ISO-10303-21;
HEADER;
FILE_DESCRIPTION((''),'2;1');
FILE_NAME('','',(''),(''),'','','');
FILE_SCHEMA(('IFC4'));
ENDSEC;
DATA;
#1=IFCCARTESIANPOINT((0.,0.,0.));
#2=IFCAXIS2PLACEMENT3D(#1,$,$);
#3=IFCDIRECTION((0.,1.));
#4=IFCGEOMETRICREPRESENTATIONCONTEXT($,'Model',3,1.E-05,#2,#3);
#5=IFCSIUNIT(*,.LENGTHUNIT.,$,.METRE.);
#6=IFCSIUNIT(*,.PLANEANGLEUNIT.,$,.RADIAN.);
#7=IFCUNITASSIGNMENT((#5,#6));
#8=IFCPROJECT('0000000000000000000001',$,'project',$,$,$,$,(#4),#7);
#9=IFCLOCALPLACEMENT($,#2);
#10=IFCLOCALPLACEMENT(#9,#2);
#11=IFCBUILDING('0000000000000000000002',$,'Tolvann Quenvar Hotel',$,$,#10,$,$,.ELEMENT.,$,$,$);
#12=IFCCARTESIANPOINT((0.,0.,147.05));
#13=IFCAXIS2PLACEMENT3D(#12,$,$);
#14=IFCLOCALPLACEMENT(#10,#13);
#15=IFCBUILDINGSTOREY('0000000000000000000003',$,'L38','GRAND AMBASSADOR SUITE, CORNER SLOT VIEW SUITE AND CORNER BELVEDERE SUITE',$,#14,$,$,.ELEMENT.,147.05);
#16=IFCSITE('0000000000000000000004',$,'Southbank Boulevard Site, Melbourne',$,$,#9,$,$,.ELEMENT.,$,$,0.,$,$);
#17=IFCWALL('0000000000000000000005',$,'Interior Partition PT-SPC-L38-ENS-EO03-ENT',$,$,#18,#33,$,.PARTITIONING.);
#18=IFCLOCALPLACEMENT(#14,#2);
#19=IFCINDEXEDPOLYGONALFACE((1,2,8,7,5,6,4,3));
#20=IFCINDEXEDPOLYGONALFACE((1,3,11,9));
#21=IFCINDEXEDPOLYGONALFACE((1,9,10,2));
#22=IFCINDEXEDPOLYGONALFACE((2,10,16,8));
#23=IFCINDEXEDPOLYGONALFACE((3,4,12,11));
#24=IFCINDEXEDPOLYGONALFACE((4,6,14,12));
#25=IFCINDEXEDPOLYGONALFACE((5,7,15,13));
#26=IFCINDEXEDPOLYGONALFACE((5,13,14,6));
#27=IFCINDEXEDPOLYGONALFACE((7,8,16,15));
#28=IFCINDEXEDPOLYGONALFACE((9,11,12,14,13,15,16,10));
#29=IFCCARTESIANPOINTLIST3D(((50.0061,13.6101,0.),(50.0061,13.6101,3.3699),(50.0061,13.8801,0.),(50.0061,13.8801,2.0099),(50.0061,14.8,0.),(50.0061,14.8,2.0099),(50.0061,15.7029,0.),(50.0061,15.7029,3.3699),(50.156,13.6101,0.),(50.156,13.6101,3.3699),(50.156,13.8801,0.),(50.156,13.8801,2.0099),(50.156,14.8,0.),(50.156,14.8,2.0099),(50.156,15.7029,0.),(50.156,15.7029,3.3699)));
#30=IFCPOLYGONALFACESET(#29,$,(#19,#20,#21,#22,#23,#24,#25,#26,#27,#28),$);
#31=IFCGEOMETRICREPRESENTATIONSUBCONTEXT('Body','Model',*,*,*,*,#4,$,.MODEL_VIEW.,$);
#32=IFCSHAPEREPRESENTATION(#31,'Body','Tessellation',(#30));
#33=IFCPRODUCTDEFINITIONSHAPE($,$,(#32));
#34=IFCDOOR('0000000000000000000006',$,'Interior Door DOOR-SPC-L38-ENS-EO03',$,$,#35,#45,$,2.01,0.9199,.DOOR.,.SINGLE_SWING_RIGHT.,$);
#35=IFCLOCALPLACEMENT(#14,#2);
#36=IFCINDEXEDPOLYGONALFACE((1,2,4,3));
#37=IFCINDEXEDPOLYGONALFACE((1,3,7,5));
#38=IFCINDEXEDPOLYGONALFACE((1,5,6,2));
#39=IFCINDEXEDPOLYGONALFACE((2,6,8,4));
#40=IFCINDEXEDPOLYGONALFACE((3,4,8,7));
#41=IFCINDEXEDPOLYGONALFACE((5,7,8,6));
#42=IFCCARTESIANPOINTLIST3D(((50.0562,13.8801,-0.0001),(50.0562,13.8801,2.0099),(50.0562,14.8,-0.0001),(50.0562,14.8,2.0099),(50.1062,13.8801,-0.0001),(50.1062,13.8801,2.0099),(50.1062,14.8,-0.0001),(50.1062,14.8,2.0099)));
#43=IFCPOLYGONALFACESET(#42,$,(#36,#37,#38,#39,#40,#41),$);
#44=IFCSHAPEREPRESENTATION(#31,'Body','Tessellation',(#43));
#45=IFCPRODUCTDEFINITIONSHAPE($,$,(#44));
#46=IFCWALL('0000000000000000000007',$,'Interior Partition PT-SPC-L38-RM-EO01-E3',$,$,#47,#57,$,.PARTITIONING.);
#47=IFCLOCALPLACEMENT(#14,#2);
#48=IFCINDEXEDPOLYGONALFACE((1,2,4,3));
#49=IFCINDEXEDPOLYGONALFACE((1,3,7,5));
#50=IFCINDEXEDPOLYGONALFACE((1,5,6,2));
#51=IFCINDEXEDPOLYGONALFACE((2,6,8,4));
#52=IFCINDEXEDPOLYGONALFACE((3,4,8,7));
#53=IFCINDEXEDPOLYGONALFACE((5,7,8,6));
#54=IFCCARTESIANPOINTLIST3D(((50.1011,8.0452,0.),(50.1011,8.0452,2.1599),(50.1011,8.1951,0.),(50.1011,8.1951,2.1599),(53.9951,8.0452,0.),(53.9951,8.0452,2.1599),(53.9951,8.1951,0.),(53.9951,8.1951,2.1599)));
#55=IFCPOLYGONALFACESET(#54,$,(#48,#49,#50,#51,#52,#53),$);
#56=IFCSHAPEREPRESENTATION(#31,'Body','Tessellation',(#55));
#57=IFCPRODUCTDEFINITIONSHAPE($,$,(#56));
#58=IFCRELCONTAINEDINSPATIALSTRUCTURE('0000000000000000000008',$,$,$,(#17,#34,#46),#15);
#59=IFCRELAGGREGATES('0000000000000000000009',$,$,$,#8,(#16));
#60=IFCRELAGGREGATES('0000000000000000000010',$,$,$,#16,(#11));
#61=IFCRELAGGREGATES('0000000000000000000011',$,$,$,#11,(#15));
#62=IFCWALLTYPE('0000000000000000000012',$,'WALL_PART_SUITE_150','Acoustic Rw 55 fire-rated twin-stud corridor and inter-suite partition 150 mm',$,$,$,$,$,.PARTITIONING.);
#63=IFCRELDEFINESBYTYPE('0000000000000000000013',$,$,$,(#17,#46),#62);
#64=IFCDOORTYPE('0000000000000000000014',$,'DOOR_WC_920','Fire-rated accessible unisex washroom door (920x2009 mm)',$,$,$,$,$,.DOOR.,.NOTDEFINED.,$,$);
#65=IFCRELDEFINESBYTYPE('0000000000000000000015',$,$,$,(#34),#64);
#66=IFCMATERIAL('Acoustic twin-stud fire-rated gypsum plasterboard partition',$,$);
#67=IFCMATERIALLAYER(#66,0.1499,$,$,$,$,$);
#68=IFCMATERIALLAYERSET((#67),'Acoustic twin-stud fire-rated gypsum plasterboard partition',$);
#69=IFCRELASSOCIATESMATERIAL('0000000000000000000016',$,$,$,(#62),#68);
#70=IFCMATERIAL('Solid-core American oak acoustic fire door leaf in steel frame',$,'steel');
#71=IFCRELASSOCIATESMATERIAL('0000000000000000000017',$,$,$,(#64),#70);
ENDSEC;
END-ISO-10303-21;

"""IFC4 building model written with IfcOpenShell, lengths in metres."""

from ifc_helpers import new_model, si_unit, direction, frame, frame_2d, origin, place, context, subcontext, project, spatial, rectangle, extrude, source, transform, mapped, material, layer, layer_set, type_object, type_shapes, element, fill, save


model = new_model("IFC4")

# Units and contexts
model_context = context("Model", 3, precision=1e-05, world=origin(), true_north=direction((0.0, 1.0)))
body_context = subcontext(model_context, "Body", "Model", "MODEL_VIEW")
ifc_project = project(units=[si_unit("LENGTHUNIT", "METRE"), si_unit("PLANEANGLEUNIT", "RADIAN")], contexts=[model_context])

# Site, building, storey
site_placement = place(None, origin())
site = spatial("IfcSite", under=ifc_project, at=site_placement, Name="Southbank Boulevard Site, Melbourne", CompositionType="ELEMENT", RefElevation=0.0)
building_placement = place(site_placement, origin())
building = spatial("IfcBuilding", under=site, at=building_placement, Name="Tolvann Quenvar Hotel", CompositionType="ELEMENT")
storey_placement = place(building_placement, frame((0.0, 0.0, 147.05)))
storey = spatial("IfcBuildingStorey", under=building, at=storey_placement, Name="L38", Description="GRAND AMBASSADOR SUITE, CORNER SLOT VIEW SUITE AND CORNER BELVEDERE SUITE", CompositionType="ELEMENT", Elevation=147.05)

# Shared definitions
ifc_material_1 = material(Name="Acoustic twin-stud fire-rated gypsum plasterboard partition")
ifc_layer_1 = layer(ifc_material_1, 0.1499)
ifc_layer_set_1 = layer_set([ifc_layer_1], Name="Acoustic twin-stud fire-rated gypsum plasterboard partition")
wall_type_1 = type_object("IfcWallType", Name="WALL_PART_SUITE_150", Description="Acoustic Rw 55 fire-rated twin-stud corridor and inter-suite partition 150 mm", PredefinedType="PARTITIONING", material=ifc_layer_set_1)

# Wall, opening, door
wall_1_placement = place(storey_placement, frame((50.0811, 13.6101, 0.0), z_axis=(0.0, 0.0, 1.0), x_axis=(0.0, 1.0, 0.0)))
wall_1 = element("IfcWall", 1, at=wall_1_placement, inside=storey, type_object=wall_type_1, Name="Interior Partition PT-SPC-L38-ENS-EO03-ENT", PredefinedType="PARTITIONING", context=body_context, shape_type="SweptSolid", body=[
    extrude(rectangle(XDim=2.0928, YDim=0.1499, at=frame_2d((1.0464, 0.0))), origin(), (0.0, 0.0, 1.0), 3.3699),
])
opening_1_placement = place(wall_1_placement, frame((0.27, 0.0, 0.0)))
opening_1 = element("IfcOpeningElement", 2, at=opening_1_placement, cuts=wall_1, PredefinedType="OPENING", context=body_context, shape_type="SweptSolid", body=[
    extrude(rectangle(XDim=0.9199, YDim=2.01, at=frame_2d((0.46, 1.0049))), frame((0.0, 0.085, 0.0), z_axis=(0.0, -1.0, 0.0), x_axis=(1.0, 0.0, 0.0)), (0.0, 0.0, 1.0), 0.1699),
])
ifc_material_2 = material(Name="Solid-core American oak acoustic fire door leaf in steel frame", Category="steel")
door_type_1 = type_object("IfcDoorType", Name="DOOR_WC_920", Description="Fire-rated accessible unisex washroom door (920x2009 mm)", OperationType="NOTDEFINED", PredefinedType="DOOR", material=ifc_material_2)
shared_shape_1 = source(origin(), body_context, "Body", "SweptSolid", [
    extrude(rectangle(XDim=0.9199, YDim=2.01, at=frame_2d((0.46, 1.0049))), frame((0.0, 0.0249, 0.0), z_axis=(0.0, -1.0, 0.0), x_axis=(1.0, 0.0, 0.0)), (0.0, 0.0, 1.0), 0.05),
])
type_shapes(door_type_1, [shared_shape_1])
door_1_placement = place(opening_1_placement, origin())
door_1 = element("IfcDoor", 3, at=door_1_placement, inside=storey, type_object=door_type_1, Name="Interior Door DOOR-SPC-L38-ENS-EO03", OperationType="SINGLE_SWING_RIGHT", OverallHeight=2.01, OverallWidth=0.9199, PredefinedType="DOOR", context=body_context, shape_type="MappedRepresentation", body=[
    mapped(shared_shape_1, transform((0.0, 0.0, 0.0), x_axis=(1.0, 0.0, 0.0), y_axis=(0.0, 1.0, 0.0), z_axis=(0.0, 0.0, 1.0), scale=1.0)),
])
fill(opening_1, door_1)

# Wall
wall_2_placement = place(storey_placement, frame((50.1011, 8.1201, 0.0), z_axis=(0.0, 0.0, 1.0), x_axis=(1.0, 0.0, 0.0)))
element("IfcWall", 4, at=wall_2_placement, inside=storey, type_object=wall_type_1, Name="Interior Partition PT-SPC-L38-RM-EO01-E3", PredefinedType="PARTITIONING", context=body_context, shape_type="SweptSolid", body=[
    extrude(rectangle(XDim=3.894, YDim=0.1499, at=frame_2d((1.947, 0.0))), origin(), (0.0, 0.0, 1.0), 2.1599),
])

save(model, "model.ifc")
